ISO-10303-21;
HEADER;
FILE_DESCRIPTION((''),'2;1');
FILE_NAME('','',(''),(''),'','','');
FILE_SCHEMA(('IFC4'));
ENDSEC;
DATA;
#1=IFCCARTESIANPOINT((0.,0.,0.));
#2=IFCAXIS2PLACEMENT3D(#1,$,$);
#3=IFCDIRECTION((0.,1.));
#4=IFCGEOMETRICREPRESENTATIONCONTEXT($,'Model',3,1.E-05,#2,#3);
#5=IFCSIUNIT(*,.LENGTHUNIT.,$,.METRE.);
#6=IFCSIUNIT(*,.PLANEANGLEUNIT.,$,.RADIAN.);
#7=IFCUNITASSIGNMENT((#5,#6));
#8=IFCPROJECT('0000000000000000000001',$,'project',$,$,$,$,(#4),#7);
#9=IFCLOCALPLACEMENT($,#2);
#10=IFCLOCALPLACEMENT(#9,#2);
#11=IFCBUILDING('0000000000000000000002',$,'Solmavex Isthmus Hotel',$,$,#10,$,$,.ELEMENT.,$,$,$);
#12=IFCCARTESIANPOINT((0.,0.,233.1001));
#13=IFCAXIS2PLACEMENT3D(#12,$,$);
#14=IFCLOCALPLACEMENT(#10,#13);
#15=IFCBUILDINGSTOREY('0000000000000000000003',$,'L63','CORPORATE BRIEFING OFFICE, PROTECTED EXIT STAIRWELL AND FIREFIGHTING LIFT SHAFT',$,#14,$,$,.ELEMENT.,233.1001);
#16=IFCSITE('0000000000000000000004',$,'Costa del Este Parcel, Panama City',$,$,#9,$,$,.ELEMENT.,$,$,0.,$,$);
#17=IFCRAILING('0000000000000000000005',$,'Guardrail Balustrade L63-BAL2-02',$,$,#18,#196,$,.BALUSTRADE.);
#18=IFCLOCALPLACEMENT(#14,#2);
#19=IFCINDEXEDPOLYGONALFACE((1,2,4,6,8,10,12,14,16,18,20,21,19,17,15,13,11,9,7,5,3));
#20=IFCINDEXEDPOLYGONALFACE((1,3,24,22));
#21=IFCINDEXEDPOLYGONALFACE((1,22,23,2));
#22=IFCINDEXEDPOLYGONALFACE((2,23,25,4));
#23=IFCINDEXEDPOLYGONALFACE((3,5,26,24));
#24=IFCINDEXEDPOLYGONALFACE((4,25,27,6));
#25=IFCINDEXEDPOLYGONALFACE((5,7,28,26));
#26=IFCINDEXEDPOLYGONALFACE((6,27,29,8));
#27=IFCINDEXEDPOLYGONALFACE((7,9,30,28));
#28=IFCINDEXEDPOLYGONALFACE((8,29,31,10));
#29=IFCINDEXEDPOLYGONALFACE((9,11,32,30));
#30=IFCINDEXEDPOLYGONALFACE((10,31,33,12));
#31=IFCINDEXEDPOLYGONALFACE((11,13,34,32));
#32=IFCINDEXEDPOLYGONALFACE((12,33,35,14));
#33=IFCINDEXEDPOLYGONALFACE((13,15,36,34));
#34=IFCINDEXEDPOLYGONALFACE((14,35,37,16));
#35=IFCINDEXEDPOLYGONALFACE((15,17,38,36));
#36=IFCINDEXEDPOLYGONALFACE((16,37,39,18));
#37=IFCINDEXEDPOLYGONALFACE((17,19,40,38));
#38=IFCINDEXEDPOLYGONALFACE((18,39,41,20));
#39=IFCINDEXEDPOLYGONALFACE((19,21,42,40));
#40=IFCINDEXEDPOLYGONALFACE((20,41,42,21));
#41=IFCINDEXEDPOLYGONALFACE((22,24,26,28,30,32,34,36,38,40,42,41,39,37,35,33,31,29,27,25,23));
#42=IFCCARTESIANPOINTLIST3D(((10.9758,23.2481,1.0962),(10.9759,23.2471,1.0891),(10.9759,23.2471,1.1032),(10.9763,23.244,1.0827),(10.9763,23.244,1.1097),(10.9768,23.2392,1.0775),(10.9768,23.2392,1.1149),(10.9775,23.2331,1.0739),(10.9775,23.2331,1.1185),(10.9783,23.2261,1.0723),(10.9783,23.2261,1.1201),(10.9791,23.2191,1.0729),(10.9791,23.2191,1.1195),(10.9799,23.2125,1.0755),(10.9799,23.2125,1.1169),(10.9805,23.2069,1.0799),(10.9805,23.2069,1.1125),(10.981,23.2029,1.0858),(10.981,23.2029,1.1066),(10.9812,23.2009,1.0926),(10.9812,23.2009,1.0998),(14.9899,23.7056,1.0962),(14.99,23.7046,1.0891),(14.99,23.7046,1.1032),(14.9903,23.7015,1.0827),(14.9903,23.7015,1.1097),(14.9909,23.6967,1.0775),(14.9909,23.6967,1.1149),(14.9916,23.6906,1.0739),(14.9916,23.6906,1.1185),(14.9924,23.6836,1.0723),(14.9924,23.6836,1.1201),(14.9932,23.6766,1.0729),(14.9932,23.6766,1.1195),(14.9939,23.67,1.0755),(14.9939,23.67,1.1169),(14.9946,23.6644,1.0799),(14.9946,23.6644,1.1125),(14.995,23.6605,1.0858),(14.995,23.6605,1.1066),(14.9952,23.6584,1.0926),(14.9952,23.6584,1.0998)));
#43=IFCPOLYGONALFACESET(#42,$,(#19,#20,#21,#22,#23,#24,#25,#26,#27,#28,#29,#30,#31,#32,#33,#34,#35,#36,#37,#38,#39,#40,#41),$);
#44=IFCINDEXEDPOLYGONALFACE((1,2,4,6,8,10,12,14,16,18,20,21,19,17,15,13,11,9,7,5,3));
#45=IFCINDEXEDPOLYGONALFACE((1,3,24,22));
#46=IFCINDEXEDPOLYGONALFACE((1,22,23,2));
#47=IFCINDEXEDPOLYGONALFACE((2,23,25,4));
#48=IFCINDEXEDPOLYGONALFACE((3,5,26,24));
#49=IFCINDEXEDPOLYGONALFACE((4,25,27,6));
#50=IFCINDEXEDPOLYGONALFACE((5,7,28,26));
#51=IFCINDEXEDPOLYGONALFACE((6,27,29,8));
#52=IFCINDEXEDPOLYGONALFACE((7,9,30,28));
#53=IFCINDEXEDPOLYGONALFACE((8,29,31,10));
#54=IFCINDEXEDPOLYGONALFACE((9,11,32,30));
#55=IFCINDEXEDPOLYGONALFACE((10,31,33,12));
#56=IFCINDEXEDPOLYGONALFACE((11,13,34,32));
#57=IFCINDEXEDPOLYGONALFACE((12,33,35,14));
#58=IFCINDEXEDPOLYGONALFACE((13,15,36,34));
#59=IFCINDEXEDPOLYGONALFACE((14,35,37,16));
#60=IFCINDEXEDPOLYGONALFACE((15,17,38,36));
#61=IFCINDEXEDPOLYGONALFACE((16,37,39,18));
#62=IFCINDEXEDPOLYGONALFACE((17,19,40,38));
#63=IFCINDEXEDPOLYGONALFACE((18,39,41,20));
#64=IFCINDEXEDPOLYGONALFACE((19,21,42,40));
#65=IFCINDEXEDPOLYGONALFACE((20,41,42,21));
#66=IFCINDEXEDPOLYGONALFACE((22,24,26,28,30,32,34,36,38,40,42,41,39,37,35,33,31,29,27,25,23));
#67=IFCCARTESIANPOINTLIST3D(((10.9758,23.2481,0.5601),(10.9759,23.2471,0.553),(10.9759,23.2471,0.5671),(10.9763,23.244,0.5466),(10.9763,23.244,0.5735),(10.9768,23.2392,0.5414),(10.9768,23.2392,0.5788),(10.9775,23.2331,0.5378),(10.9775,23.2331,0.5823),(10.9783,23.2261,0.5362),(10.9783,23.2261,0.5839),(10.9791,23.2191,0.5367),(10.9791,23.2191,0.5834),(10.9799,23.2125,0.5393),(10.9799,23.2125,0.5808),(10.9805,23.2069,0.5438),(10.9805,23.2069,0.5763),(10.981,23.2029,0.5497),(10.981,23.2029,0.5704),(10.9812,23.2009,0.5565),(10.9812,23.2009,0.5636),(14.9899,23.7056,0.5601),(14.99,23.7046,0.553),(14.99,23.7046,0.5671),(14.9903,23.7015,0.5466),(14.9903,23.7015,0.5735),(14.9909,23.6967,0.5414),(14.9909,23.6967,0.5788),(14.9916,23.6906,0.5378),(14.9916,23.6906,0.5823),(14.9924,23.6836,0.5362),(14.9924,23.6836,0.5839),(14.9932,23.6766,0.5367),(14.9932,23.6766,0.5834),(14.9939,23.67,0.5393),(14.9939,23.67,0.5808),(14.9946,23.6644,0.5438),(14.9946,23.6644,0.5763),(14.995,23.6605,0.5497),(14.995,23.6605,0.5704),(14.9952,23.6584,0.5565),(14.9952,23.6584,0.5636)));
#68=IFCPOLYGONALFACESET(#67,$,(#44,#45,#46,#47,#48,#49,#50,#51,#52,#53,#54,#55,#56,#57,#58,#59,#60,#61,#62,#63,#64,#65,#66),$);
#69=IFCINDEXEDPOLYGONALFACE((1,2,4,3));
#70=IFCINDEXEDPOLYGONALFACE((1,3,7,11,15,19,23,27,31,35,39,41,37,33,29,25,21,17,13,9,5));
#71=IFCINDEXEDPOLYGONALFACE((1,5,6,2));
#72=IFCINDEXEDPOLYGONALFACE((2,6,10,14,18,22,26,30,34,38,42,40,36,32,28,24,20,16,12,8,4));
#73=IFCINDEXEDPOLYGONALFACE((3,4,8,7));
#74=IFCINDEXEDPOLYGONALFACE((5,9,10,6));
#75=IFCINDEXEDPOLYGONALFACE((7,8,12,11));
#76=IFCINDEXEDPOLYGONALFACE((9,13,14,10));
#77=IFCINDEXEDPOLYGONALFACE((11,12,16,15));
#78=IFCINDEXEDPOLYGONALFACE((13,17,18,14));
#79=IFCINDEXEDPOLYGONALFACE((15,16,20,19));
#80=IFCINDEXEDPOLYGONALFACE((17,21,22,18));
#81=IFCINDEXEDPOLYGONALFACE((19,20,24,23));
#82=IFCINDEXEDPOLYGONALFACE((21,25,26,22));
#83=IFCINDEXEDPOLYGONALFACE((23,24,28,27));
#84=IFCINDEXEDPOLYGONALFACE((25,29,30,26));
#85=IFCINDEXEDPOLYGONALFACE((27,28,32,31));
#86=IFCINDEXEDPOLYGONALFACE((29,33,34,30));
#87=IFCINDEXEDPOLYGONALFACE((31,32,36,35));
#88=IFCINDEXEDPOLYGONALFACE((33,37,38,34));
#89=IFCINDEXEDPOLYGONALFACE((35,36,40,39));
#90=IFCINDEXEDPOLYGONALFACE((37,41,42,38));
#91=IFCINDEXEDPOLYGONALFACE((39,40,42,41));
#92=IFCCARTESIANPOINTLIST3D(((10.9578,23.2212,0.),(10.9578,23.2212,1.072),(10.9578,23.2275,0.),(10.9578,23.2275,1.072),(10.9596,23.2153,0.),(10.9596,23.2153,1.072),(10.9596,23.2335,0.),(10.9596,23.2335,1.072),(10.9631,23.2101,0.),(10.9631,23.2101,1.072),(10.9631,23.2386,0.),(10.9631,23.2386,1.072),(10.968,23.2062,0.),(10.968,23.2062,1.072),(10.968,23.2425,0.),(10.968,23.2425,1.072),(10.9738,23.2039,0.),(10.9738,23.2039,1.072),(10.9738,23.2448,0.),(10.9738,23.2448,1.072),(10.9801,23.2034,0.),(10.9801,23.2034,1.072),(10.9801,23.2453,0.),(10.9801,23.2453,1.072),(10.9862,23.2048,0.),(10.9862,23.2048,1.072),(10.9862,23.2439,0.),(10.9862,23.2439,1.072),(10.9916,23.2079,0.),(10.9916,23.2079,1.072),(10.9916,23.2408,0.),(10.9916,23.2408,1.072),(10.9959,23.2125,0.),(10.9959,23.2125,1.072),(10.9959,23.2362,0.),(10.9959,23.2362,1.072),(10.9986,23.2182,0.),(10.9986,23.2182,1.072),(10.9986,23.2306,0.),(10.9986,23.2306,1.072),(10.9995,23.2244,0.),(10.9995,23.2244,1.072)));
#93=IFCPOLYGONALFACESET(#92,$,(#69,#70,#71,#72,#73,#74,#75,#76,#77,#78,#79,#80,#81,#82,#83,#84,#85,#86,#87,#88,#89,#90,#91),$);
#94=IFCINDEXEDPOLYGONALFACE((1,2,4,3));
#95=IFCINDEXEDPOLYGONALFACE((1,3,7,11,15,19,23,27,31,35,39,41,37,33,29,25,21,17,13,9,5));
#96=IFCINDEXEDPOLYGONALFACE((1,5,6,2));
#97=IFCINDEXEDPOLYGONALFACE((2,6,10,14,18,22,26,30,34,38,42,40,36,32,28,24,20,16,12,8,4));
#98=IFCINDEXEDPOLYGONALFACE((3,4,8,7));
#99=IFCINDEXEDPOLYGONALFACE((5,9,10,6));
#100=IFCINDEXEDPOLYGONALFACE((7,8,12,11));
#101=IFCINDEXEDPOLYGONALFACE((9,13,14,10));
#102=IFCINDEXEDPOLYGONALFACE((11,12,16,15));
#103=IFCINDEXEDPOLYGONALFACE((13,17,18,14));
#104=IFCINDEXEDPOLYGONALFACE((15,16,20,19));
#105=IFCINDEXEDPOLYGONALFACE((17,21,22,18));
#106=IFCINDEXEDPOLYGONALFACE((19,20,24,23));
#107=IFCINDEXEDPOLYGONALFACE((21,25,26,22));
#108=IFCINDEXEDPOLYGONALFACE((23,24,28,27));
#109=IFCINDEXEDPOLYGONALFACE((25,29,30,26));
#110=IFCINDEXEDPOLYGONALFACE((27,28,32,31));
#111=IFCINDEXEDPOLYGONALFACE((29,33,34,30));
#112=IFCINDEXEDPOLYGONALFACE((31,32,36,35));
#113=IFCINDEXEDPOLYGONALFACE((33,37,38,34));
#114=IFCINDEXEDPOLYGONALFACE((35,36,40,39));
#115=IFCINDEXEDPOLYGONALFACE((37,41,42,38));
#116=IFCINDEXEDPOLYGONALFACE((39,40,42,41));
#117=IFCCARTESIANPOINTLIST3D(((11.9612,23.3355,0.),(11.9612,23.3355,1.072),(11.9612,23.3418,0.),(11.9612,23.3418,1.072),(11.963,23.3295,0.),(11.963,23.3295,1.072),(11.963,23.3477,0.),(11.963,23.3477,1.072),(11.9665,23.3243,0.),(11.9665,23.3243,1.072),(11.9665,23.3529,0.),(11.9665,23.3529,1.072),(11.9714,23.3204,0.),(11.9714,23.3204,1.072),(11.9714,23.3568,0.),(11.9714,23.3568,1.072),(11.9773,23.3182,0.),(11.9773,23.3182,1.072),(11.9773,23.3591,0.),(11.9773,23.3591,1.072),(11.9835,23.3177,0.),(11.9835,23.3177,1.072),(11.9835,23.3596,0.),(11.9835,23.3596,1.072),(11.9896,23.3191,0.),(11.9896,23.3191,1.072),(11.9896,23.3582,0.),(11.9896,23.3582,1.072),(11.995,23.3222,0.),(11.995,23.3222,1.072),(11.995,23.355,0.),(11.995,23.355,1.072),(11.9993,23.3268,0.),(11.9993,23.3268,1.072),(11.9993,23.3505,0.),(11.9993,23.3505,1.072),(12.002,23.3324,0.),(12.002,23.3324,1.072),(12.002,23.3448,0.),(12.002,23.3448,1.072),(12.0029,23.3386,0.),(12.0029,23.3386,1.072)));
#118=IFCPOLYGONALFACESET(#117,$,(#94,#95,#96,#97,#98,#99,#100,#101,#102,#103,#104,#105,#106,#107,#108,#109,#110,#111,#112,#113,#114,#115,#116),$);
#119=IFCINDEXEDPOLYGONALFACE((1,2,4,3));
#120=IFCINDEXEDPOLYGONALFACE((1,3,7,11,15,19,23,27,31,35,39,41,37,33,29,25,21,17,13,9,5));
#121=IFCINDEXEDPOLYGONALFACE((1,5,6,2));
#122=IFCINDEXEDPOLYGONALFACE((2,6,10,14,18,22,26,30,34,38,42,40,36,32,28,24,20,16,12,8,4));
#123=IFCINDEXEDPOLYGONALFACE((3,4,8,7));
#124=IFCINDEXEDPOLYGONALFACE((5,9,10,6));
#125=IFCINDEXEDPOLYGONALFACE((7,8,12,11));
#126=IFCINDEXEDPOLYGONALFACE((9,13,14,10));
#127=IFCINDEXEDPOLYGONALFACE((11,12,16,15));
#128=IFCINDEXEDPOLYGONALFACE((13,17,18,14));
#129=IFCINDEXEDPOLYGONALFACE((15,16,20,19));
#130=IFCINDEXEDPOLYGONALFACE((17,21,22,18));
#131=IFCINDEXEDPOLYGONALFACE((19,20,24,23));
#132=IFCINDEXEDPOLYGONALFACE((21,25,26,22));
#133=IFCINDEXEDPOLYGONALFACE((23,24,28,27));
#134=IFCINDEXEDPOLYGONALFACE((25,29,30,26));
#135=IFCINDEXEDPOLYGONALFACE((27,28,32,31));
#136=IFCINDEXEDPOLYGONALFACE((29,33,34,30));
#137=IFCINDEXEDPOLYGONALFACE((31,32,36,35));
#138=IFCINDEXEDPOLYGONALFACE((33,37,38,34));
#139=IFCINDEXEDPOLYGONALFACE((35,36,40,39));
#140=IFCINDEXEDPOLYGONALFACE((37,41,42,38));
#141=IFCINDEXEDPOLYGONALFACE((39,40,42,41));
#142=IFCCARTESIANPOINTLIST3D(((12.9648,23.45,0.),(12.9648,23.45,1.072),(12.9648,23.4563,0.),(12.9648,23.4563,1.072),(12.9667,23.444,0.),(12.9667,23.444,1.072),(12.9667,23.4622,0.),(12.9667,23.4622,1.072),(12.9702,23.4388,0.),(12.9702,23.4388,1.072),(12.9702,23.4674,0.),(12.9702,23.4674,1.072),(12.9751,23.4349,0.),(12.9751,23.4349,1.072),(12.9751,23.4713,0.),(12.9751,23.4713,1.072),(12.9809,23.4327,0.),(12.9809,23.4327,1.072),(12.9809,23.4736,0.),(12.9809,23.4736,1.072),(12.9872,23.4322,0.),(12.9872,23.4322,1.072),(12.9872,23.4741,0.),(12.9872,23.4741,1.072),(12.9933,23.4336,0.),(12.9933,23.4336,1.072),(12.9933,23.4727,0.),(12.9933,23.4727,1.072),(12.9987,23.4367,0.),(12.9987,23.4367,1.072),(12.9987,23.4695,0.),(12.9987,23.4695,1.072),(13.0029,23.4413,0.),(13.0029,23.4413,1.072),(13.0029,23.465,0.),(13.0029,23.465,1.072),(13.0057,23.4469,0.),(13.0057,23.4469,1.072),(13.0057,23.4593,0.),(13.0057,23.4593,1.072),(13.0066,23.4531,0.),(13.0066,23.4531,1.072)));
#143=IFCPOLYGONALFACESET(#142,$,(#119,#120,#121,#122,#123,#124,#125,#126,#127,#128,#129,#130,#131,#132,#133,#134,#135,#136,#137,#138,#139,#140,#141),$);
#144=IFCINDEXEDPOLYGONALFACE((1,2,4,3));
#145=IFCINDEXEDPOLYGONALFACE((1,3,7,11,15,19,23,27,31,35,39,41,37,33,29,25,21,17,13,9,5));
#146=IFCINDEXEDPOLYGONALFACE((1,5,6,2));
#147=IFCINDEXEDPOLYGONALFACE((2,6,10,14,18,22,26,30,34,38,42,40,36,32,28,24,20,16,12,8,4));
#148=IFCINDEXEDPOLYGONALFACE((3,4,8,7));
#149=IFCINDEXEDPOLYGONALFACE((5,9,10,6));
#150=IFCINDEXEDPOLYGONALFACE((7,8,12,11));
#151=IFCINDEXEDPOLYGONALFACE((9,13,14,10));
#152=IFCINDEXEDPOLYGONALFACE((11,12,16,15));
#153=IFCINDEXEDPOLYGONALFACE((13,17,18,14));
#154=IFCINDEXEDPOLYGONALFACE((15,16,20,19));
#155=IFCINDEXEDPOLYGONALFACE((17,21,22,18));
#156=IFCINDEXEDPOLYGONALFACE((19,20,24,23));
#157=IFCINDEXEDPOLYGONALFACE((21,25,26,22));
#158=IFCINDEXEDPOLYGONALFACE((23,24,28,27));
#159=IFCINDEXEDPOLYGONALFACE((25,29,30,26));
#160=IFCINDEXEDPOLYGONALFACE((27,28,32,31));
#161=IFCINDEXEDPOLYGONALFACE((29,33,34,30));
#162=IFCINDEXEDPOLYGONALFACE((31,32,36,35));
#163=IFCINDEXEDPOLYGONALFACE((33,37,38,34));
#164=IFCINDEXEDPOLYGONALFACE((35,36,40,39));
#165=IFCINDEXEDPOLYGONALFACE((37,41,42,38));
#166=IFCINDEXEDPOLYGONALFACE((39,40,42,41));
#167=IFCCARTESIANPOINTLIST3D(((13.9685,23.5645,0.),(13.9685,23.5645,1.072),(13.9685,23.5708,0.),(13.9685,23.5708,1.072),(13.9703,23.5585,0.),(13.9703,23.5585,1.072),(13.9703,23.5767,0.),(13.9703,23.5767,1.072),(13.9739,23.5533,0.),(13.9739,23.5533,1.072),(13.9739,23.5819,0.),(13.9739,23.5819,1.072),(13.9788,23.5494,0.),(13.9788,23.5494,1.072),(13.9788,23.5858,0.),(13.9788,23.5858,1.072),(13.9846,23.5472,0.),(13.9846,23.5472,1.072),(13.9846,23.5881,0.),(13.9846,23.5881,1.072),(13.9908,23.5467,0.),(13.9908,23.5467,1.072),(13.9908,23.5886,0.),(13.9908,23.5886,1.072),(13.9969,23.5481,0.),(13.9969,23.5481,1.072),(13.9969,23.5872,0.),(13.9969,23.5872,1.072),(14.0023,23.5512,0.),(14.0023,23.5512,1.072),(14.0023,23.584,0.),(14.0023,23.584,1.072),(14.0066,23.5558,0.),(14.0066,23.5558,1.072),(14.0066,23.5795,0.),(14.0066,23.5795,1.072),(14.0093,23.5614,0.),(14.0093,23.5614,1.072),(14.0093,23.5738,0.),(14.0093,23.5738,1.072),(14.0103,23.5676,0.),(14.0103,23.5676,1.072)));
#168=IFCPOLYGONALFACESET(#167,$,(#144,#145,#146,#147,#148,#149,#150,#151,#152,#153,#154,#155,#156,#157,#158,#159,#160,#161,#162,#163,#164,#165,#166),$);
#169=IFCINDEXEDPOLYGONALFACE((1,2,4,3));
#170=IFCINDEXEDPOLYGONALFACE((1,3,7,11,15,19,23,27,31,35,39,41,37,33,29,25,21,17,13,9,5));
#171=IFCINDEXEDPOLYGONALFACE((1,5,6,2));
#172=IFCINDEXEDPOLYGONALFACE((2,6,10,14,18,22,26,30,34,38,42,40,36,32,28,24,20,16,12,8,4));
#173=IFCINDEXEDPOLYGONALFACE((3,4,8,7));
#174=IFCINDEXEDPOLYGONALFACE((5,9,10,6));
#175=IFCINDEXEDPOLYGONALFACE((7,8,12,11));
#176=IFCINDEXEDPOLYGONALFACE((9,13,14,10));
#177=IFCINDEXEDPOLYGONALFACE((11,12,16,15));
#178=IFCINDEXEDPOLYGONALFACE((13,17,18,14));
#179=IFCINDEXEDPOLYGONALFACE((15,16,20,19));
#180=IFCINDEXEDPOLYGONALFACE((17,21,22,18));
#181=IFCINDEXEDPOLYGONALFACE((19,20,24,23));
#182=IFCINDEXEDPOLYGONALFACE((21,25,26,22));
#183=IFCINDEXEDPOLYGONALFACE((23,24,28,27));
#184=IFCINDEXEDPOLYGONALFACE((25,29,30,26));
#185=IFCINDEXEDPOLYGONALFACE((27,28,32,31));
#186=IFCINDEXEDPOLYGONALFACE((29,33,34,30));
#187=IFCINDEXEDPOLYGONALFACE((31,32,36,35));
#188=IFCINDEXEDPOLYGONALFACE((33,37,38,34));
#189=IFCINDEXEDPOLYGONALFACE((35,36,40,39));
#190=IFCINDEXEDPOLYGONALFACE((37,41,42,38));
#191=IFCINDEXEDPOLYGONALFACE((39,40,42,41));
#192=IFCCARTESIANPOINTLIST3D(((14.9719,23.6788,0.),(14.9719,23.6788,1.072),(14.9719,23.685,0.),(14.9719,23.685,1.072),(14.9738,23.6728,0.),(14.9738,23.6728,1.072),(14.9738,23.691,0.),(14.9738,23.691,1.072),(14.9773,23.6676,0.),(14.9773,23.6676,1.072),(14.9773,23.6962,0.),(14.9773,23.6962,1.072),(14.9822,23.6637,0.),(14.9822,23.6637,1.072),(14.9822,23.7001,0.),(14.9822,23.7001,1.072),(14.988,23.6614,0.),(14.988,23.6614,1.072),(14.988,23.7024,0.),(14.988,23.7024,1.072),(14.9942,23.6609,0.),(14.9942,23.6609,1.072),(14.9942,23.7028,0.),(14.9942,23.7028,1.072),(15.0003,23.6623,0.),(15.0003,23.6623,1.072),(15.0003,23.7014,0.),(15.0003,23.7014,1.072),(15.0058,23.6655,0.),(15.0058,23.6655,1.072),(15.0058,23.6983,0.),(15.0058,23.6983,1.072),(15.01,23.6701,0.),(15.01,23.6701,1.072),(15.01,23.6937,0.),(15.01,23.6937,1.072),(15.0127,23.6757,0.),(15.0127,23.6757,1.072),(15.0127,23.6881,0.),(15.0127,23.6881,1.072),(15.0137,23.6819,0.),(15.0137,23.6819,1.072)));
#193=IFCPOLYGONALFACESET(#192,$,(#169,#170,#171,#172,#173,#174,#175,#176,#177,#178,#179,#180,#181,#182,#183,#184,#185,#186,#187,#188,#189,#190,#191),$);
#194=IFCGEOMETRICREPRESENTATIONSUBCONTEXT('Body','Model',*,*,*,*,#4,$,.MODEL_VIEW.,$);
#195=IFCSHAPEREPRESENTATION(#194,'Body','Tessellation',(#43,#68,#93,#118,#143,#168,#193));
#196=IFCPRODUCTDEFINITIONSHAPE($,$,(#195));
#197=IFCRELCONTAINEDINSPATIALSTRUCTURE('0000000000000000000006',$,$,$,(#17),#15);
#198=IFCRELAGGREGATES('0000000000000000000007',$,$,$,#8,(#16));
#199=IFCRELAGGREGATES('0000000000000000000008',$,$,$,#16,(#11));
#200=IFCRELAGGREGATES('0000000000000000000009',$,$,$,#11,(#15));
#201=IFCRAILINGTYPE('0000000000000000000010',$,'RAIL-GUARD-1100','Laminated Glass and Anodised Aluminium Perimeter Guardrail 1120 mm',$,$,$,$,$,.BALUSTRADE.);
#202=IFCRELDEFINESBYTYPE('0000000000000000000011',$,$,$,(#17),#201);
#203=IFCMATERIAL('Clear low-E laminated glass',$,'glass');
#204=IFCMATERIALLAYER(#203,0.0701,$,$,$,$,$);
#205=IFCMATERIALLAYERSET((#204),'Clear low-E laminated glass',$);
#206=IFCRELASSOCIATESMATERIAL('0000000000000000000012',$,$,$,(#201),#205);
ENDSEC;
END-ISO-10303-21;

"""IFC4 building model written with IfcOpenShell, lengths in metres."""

from ifc_helpers import new_model, si_unit, direction, frame, origin, origin_2d, place, context, subcontext, project, spatial, circle, extrude, material, layer, layer_set, type_object, element, save


model = new_model("IFC4")

# Units and contexts
model_context = context("Model", 3, precision=1e-05, world=origin(), true_north=direction((0.0, 1.0)))
body_context = subcontext(model_context, "Body", "Model", "MODEL_VIEW")
ifc_project = project(units=[si_unit("LENGTHUNIT", "METRE"), si_unit("PLANEANGLEUNIT", "RADIAN")], contexts=[model_context])

# Site, building, storey
site_placement = place(None, origin())
site = spatial("IfcSite", under=ifc_project, at=site_placement, Name="Costa del Este Parcel, Panama City", CompositionType="ELEMENT", RefElevation=0.0)
building_placement = place(site_placement, origin())
building = spatial("IfcBuilding", under=site, at=building_placement, Name="Solmavex Isthmus Hotel", CompositionType="ELEMENT")
storey_placement = place(building_placement, frame((0.0, 0.0, 233.1001)))
storey = spatial("IfcBuildingStorey", under=building, at=storey_placement, Name="L63", Description="CORPORATE BRIEFING OFFICE, PROTECTED EXIT STAIRWELL AND FIREFIGHTING LIFT SHAFT", CompositionType="ELEMENT", Elevation=233.1001)

# Shared definitions
ifc_material_1 = material(Name="Clear low-E laminated glass", Category="glass")

# Railing
ifc_layer_1 = layer(ifc_material_1, 0.0701)
ifc_layer_set_1 = layer_set([ifc_layer_1], Name="Clear low-E laminated glass")
railing_type = type_object("IfcRailingType", Name="RAIL-GUARD-1100", Description="Laminated Glass and Anodised Aluminium Perimeter Guardrail 1120 mm", PredefinedType="BALUSTRADE", material=ifc_layer_set_1)
railing_1_placement = place(storey_placement, frame((10.9785, 23.2244, 0.0)))
element("IfcRailing", 1, at=railing_1_placement, inside=storey, type_object=railing_type, Name="Guardrail Balustrade L63-BAL2-02", PredefinedType="BALUSTRADE", context=body_context, shape_type="SweptSolid", body=[
    extrude(circle(Radius=0.0239, at=origin_2d()), frame((0.0, 0.0, 1.0962), z_axis=(0.993567, 0.113243, 0.0), x_axis=(-0.113243, 0.993567, 0.0)), (0.0, 0.0, 1.0), 4.04),
    extrude(circle(Radius=0.0239, at=origin_2d()), frame((0.0, 0.0, 0.5601), z_axis=(0.993567, 0.113243, 0.0), x_axis=(-0.113243, 0.993567, 0.0)), (0.0, 0.0, 1.0), 4.04),
    extrude(circle(Radius=0.021, at=origin_2d()), origin(), (0.0, 0.0, 1.0), 1.072),
    extrude(circle(Radius=0.021, at=origin_2d()), frame((1.0034, 0.1143, 0.0)), (0.0, 0.0, 1.0), 1.072),
    extrude(circle(Radius=0.021, at=origin_2d()), frame((2.0071, 0.2288, 0.0)), (0.0, 0.0, 1.0), 1.072),
    extrude(circle(Radius=0.021, at=origin_2d()), frame((3.0107, 0.3433, 0.0)), (0.0, 0.0, 1.0), 1.072),
    extrude(circle(Radius=0.021, at=origin_2d()), frame((4.0142, 0.4575, 0.0)), (0.0, 0.0, 1.0), 1.072),
])

save(model, "model.ifc")
